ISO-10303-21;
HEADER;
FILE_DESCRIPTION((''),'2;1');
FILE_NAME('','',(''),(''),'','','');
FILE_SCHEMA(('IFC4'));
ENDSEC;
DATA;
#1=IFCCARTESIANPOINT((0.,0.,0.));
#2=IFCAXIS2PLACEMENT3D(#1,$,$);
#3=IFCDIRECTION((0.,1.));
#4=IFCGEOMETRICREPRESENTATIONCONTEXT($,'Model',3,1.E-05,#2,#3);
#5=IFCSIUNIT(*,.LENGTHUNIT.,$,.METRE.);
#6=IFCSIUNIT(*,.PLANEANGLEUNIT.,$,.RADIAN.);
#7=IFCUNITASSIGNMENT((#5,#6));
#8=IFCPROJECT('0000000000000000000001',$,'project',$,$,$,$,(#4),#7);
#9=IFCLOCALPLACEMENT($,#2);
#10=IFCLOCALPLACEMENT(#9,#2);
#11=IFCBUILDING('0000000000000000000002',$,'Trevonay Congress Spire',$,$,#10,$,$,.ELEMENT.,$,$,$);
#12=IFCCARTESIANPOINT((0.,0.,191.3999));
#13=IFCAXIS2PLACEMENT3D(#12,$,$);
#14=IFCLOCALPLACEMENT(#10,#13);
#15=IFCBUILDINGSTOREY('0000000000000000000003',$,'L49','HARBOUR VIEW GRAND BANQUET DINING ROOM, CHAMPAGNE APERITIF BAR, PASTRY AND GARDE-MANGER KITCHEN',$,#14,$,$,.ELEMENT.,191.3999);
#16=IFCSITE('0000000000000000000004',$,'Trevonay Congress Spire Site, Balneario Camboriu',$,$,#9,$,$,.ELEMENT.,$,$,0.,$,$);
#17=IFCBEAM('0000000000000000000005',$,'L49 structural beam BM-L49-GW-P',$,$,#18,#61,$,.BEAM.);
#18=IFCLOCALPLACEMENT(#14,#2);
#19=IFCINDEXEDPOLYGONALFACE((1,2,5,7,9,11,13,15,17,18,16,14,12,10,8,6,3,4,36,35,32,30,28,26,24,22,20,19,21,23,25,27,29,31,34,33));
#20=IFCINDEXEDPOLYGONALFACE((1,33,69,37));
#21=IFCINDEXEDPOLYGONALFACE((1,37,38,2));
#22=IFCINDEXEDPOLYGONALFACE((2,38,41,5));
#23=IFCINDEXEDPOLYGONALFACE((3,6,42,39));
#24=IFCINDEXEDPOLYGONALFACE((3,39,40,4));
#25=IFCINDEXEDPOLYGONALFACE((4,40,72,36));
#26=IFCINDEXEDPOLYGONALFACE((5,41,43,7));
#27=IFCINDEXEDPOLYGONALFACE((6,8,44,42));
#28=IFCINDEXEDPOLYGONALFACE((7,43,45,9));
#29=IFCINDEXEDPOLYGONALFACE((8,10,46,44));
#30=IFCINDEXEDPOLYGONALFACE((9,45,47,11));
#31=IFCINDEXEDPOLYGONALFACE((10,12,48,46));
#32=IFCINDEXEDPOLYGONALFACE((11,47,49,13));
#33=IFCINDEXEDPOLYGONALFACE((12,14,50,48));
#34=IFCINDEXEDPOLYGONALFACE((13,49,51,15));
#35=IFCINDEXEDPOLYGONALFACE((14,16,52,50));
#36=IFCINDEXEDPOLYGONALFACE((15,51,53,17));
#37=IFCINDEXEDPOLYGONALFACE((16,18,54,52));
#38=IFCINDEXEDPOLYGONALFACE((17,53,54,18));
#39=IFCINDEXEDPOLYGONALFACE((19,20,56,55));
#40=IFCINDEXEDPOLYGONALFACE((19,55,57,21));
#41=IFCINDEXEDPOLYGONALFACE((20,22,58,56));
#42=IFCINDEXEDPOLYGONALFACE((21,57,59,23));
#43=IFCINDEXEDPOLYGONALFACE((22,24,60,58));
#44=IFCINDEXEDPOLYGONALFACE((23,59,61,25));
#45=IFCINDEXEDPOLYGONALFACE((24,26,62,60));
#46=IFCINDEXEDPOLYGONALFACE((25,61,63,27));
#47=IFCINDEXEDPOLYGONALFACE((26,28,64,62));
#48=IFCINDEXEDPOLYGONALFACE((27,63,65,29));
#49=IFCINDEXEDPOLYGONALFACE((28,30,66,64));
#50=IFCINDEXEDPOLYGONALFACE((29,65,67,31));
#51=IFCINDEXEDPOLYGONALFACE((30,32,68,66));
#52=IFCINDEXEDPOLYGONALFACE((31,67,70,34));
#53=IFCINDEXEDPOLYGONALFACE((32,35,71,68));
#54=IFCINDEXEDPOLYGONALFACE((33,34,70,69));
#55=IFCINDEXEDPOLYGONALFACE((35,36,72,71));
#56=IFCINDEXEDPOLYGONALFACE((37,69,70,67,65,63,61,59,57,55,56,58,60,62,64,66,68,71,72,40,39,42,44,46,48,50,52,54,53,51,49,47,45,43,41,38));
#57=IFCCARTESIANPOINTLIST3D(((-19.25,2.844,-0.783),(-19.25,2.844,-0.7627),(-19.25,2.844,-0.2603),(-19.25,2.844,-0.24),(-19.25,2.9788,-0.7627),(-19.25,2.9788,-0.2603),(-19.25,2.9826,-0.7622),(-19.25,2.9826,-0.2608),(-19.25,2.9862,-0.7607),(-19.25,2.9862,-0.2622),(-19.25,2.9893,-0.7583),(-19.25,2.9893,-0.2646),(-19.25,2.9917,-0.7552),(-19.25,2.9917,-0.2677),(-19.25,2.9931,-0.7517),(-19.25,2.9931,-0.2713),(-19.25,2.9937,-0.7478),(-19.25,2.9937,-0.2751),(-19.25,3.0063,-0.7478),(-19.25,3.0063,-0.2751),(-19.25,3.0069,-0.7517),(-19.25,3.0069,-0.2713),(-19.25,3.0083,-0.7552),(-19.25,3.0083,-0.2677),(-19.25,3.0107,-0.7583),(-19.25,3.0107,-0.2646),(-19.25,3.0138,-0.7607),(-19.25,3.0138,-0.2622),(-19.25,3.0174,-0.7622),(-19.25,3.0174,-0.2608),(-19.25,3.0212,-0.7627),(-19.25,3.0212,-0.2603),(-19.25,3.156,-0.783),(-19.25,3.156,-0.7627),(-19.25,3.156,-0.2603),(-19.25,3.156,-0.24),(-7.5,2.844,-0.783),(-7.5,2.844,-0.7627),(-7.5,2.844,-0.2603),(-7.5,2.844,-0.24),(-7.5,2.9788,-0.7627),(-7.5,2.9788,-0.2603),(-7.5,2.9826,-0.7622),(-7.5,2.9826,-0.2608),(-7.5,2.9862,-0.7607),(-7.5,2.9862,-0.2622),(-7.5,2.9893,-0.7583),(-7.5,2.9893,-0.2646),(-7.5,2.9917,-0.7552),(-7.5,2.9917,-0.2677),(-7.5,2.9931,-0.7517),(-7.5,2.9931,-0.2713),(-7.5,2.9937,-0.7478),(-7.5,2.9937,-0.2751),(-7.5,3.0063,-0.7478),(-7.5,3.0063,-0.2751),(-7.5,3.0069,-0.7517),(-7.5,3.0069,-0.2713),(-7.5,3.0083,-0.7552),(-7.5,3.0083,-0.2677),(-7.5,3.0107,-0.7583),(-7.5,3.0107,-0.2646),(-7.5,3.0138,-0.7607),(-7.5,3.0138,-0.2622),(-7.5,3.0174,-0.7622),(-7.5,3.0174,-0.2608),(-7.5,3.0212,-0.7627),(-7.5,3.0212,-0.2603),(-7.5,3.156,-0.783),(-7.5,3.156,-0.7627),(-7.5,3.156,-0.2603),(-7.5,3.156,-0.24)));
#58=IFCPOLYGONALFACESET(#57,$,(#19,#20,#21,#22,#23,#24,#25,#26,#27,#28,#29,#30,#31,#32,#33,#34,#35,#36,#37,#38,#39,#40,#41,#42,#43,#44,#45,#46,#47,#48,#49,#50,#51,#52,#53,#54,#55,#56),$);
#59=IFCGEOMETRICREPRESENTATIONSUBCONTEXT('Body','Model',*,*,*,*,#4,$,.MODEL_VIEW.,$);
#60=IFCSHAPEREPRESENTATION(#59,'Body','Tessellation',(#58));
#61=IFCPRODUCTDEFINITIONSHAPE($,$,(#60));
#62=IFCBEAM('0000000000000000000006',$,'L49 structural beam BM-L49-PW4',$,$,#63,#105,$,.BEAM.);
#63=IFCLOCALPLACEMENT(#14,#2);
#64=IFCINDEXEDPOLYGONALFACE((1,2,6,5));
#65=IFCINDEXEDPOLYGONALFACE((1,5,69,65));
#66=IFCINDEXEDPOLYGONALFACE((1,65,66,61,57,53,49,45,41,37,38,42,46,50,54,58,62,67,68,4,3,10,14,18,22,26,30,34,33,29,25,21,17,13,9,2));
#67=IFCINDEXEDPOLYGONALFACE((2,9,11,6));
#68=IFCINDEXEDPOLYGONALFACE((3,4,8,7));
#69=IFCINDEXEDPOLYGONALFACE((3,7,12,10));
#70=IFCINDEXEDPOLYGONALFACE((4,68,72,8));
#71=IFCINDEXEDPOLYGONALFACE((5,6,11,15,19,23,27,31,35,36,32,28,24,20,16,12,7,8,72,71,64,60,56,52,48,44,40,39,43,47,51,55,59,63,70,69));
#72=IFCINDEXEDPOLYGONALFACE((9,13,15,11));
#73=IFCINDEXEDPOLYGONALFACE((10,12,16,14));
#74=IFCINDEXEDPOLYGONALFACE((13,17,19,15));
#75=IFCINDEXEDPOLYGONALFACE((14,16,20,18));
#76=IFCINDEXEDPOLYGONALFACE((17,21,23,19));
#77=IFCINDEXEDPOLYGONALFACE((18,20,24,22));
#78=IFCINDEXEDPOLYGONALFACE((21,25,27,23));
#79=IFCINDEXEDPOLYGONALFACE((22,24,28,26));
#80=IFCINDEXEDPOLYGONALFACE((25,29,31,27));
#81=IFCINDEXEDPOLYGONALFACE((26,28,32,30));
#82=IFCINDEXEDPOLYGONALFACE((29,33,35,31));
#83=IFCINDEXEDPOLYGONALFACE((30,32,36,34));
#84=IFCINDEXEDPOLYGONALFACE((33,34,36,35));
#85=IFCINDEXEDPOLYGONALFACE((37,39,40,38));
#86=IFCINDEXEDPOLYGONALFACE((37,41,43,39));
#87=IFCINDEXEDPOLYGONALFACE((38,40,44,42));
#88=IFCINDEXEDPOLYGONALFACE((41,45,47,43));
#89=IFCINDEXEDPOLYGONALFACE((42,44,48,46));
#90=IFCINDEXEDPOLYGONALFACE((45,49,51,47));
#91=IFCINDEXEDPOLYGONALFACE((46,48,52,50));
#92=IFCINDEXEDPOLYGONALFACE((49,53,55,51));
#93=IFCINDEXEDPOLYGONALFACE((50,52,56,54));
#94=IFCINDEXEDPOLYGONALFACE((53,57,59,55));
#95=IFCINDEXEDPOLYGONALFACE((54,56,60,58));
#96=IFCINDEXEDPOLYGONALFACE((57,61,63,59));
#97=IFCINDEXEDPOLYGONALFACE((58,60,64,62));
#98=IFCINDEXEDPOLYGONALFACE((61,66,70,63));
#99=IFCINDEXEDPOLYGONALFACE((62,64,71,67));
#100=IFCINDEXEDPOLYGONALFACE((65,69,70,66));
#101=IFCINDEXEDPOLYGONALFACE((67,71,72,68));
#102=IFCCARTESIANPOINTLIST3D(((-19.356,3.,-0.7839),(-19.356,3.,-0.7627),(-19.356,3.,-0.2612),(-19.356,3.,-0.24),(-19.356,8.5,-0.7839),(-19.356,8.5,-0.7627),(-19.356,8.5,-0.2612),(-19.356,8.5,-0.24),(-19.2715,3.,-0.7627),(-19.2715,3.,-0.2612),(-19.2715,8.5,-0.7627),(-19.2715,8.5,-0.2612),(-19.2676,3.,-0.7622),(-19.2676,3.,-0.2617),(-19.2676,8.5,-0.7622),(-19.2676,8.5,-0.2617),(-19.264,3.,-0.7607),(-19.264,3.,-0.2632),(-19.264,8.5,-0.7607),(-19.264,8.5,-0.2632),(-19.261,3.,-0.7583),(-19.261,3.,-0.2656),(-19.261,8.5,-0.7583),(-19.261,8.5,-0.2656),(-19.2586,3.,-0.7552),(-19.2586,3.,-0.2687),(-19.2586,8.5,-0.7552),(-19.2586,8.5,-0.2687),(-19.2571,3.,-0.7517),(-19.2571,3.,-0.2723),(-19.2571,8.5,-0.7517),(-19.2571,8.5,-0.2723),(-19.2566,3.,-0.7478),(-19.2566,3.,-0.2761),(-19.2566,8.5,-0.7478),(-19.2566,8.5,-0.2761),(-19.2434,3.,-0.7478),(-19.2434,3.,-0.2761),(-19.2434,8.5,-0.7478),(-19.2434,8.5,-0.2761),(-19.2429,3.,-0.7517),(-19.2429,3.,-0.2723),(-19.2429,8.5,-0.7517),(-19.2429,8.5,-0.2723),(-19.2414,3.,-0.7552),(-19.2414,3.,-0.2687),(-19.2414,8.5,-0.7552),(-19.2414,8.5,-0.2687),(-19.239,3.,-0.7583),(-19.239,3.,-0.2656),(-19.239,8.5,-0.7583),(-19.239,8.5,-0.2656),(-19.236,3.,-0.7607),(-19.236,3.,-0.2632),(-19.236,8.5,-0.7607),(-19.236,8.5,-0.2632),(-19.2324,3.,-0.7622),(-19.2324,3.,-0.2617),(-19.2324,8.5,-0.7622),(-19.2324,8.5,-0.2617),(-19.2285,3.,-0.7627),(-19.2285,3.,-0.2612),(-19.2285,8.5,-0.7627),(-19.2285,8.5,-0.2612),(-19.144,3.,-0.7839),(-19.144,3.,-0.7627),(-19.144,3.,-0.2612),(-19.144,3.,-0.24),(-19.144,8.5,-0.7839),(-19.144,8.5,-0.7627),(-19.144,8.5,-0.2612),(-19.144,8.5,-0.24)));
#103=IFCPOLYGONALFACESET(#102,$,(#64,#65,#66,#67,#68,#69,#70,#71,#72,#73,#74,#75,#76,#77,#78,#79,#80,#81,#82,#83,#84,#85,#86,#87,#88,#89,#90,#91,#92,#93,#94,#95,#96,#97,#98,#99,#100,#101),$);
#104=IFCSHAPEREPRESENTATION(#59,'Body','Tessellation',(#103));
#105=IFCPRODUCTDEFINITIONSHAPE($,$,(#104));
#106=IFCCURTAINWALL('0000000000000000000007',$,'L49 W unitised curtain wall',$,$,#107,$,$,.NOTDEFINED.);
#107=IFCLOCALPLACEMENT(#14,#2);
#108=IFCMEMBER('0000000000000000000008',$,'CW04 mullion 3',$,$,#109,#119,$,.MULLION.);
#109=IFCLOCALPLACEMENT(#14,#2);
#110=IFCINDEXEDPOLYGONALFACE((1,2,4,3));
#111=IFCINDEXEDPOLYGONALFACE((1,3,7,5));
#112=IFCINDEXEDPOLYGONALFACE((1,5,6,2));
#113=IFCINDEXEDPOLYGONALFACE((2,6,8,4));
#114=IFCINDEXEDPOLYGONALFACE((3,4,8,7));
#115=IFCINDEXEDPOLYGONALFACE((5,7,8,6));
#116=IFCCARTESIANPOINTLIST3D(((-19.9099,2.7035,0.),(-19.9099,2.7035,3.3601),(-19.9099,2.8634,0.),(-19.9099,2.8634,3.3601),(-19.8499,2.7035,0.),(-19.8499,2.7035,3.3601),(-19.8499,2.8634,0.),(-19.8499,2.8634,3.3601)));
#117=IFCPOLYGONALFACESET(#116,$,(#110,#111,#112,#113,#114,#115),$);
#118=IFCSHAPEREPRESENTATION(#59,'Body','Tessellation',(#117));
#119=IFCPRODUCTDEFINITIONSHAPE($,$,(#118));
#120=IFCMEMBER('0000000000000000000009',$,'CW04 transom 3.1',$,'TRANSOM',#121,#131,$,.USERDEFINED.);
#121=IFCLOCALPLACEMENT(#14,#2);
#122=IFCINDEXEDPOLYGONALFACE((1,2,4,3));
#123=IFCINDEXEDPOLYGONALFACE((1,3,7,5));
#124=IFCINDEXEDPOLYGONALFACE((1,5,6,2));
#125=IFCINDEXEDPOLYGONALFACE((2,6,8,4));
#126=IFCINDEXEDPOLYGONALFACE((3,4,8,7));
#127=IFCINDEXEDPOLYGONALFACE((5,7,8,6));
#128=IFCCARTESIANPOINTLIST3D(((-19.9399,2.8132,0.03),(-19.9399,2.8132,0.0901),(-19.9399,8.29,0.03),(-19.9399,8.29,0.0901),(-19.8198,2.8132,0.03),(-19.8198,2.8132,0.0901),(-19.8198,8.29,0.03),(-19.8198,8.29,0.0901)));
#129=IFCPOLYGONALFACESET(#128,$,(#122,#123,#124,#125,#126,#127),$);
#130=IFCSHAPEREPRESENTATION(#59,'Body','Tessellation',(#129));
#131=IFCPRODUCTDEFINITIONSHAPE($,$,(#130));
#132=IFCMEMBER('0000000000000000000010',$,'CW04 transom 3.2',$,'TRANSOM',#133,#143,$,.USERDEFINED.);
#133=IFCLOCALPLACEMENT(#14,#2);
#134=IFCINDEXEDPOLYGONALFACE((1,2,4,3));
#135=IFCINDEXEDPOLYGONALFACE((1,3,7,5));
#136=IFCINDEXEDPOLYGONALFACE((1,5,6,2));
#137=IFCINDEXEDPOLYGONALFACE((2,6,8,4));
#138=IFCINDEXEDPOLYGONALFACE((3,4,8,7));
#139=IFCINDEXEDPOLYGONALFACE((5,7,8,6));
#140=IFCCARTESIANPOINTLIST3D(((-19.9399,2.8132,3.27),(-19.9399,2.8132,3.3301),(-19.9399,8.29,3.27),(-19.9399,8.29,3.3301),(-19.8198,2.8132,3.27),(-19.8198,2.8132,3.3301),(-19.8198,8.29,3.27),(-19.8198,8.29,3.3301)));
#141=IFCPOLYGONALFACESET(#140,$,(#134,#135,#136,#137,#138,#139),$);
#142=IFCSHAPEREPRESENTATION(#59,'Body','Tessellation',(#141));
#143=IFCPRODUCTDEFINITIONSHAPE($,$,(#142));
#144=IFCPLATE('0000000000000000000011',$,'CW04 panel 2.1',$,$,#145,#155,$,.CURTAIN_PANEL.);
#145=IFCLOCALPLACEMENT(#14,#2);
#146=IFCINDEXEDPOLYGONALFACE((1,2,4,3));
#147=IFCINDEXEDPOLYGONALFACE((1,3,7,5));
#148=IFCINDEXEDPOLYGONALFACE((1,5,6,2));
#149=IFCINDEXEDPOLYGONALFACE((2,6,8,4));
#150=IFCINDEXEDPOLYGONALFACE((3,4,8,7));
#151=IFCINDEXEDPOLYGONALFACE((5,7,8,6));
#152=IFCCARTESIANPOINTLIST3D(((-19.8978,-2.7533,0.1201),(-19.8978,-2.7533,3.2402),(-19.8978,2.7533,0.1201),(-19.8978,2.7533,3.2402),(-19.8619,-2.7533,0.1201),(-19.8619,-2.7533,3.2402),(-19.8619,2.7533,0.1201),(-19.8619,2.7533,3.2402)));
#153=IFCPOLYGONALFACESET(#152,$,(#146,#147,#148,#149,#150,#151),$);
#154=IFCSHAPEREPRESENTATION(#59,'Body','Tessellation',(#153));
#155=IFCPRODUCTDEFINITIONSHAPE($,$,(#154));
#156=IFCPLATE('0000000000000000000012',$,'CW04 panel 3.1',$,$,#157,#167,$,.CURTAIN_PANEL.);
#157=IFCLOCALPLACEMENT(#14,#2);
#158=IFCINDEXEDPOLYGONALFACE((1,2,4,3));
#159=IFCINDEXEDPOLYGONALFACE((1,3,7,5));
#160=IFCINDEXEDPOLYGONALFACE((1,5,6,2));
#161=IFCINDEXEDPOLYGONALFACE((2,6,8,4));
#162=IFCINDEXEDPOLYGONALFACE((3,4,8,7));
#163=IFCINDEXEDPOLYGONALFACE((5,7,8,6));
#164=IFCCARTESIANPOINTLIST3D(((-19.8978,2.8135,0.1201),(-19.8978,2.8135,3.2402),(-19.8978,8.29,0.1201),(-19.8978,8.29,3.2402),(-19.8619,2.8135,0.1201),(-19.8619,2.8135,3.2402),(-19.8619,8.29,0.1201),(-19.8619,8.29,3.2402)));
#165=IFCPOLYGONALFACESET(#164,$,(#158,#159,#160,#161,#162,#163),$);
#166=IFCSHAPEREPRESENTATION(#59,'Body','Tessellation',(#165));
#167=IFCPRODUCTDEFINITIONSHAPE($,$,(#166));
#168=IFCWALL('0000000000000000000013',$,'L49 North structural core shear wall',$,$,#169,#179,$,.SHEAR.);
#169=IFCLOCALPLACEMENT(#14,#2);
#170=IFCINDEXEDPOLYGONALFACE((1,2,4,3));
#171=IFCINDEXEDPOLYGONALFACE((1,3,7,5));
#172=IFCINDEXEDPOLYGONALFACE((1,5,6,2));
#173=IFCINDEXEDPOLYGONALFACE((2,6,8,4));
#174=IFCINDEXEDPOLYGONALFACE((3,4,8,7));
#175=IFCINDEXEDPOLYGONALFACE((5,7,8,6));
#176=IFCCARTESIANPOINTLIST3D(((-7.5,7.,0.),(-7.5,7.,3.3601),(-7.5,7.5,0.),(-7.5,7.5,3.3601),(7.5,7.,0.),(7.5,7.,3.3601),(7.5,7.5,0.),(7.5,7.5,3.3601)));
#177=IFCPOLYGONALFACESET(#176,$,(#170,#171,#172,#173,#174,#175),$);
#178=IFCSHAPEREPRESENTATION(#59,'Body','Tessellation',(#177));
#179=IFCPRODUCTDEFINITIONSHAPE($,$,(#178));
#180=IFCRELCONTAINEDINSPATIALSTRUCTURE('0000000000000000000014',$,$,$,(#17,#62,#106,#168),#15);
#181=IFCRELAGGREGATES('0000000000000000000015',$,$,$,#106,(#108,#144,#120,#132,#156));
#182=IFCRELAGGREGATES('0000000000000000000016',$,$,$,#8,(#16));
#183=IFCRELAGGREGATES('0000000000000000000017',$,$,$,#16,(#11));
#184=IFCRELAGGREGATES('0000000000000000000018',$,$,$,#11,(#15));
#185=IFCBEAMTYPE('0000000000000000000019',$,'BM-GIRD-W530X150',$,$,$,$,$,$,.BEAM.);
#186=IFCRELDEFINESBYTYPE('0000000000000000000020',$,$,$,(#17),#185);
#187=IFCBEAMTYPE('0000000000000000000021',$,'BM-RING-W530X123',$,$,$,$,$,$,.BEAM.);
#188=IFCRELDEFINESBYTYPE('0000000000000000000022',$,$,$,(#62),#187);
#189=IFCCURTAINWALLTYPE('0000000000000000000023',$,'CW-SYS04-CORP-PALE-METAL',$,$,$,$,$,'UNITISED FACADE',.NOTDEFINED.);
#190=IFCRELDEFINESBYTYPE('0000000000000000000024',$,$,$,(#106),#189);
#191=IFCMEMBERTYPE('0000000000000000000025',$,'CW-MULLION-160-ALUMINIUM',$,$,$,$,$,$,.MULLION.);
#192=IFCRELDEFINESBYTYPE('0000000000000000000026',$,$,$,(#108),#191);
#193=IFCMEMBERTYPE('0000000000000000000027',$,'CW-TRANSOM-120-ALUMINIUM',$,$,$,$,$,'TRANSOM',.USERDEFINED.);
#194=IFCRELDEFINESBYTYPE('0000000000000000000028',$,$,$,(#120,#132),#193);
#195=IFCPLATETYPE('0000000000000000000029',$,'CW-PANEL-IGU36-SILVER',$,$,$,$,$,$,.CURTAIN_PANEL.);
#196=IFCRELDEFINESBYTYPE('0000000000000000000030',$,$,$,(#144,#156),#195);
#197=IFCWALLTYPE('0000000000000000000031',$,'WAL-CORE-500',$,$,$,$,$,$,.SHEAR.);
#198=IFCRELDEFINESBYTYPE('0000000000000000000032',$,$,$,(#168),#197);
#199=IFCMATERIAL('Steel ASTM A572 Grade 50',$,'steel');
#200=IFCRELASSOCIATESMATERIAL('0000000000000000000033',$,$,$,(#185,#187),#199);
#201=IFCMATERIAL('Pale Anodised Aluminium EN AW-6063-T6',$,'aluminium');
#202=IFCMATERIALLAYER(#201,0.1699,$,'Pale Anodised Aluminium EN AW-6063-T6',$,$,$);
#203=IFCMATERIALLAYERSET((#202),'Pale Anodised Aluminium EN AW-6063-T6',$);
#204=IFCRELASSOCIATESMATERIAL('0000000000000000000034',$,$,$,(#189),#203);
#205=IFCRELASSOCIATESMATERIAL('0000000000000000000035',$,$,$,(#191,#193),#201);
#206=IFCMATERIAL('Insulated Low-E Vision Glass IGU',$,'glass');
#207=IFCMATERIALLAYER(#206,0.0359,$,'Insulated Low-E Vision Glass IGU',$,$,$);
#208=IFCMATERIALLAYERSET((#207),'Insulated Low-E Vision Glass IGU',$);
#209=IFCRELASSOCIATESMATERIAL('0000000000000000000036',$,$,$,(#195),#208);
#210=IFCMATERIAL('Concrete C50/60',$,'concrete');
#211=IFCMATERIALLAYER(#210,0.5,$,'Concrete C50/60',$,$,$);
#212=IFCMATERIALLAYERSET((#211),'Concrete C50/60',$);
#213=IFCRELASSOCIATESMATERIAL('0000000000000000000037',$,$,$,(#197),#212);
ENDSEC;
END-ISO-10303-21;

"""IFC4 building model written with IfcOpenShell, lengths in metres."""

from ifc_helpers import new_model, si_unit, direction, frame, frame_2d, origin, origin_2d, place, context, subcontext, project, spatial, rectangle, i_section, extrude, material, layer, layer_set, material_profile, profile_set, type_object, element, aggregate, save


model = new_model("IFC4")

# Units and contexts
model_context = context("Model", 3, precision=1e-05, world=origin(), true_north=direction((0.0, 1.0)))
body_context = subcontext(model_context, "Body", "Model", "MODEL_VIEW")
ifc_project = project(units=[si_unit("LENGTHUNIT", "METRE"), si_unit("PLANEANGLEUNIT", "RADIAN")], contexts=[model_context])

# Site, building, storey
site_placement = place(None, origin())
site = spatial("IfcSite", under=ifc_project, at=site_placement, Name="Trevonay Congress Spire Site, Balneario Camboriu", CompositionType="ELEMENT", RefElevation=0.0)
building_placement = place(site_placement, origin())
building = spatial("IfcBuilding", under=site, at=building_placement, Name="Trevonay Congress Spire", CompositionType="ELEMENT")
storey_placement = place(building_placement, frame((0.0, 0.0, 191.3999)))
storey = spatial("IfcBuildingStorey", under=building, at=storey_placement, Name="L49", Description="HARBOUR VIEW GRAND BANQUET DINING ROOM, CHAMPAGNE APERITIF BAR, PASTRY AND GARDE-MANGER KITCHEN", CompositionType="ELEMENT", Elevation=191.3999)

# Shared definitions
ifc_material_1 = material(Name="Steel ASTM A572 Grade 50", Category="steel")

# Beams
ifc_material_profile_1 = material_profile(ifc_material_1, i_section(OverallWidth=0.312, OverallDepth=0.543, WebThickness=0.0127, FlangeThickness=0.0203, FilletRadius=0.0149, at=origin_2d()), Name="W530x150")
ifc_profile_set_1 = profile_set([ifc_material_profile_1], Name="Steel ASTM A572 Grade 50")
beam_type_1 = type_object("IfcBeamType", Name="BM-GIRD-W530X150", PredefinedType="BEAM", material=ifc_profile_set_1)
beam_1_placement = place(storey_placement, frame((-7.5, 3.0, -0.5115), z_axis=(-1.0, 0.0, 0.0), x_axis=(0.0, -1.0, 0.0)))
element("IfcBeam", 1, at=beam_1_placement, inside=storey, type_object=beam_type_1, Name="L49 structural beam BM-L49-GW-P", PredefinedType="BEAM", context=body_context, shape_type="SweptSolid", body=[
    extrude(i_section(OverallWidth=0.312, OverallDepth=0.543, WebThickness=0.0127, FlangeThickness=0.0203, FilletRadius=0.0149, at=origin_2d()), origin(), (0.0, 0.0, 1.0), 11.75),
])
ifc_material_profile_2 = material_profile(ifc_material_1, i_section(OverallWidth=0.2119, OverallDepth=0.5439, WebThickness=0.0132, FlangeThickness=0.0212, FilletRadius=0.0149, at=origin_2d()), Name="W530x123")
ifc_profile_set_2 = profile_set([ifc_material_profile_2], Name="Steel ASTM A572 Grade 50")
beam_type_2 = type_object("IfcBeamType", Name="BM-RING-W530X123", PredefinedType="BEAM", material=ifc_profile_set_2)
beam_2_placement = place(storey_placement, frame((-19.25, 3.0, -0.512), z_axis=(0.0, 1.0, 0.0), x_axis=(-1.0, 0.0, 0.0)))
element("IfcBeam", 2, at=beam_2_placement, inside=storey, type_object=beam_type_2, Name="L49 structural beam BM-L49-PW4", PredefinedType="BEAM", context=body_context, shape_type="SweptSolid", body=[
    extrude(i_section(OverallWidth=0.2119, OverallDepth=0.5439, WebThickness=0.0132, FlangeThickness=0.0212, FilletRadius=0.0149, at=origin_2d()), origin(), (0.0, 0.0, 1.0), 5.5),
])

# Curtain wall, members, plates
ifc_material_2 = material(Name="Pale Anodised Aluminium EN AW-6063-T6", Category="aluminium")
ifc_layer_1 = layer(ifc_material_2, 0.1699, Name="Pale Anodised Aluminium EN AW-6063-T6")
ifc_layer_set_1 = layer_set([ifc_layer_1], Name="Pale Anodised Aluminium EN AW-6063-T6")
curtain_wall_type = type_object("IfcCurtainWallType", Name="CW-SYS04-CORP-PALE-METAL", ElementType="UNITISED FACADE", PredefinedType="NOTDEFINED", material=ifc_layer_set_1)
curtain_wall_placement = place(storey_placement, origin())
curtain_wall = element("IfcCurtainWall", 3, at=curtain_wall_placement, inside=storey, type_object=curtain_wall_type, Name="L49 W unitised curtain wall", PredefinedType="NOTDEFINED")
ifc_material_profile_3 = material_profile(ifc_material_2, rectangle(XDim=0.0601, YDim=0.1599, at=origin_2d()), Name="CW-MULLION-160-ALUMINIUM")
ifc_profile_set_3 = profile_set([ifc_material_profile_3], Name="Pale Anodised Aluminium EN AW-6063-T6")
member_type_1 = type_object("IfcMemberType", Name="CW-MULLION-160-ALUMINIUM", PredefinedType="MULLION", material=ifc_profile_set_3)
member_1_placement = place(storey_placement, frame((-19.8799, 2.7834, 0.0), z_axis=(0.0, 0.0, 1.0), x_axis=(-1.0, 0.0, 0.0)))
member_1 = element("IfcMember", 4, at=member_1_placement, type_object=member_type_1, Name="CW04 mullion 3", PredefinedType="MULLION", context=body_context, shape_type="SweptSolid", body=[
    extrude(rectangle(XDim=0.0601, YDim=0.1599, at=origin_2d()), origin(), (0.0, 0.0, 1.0), 3.3601),
])
ifc_material_profile_4 = material_profile(ifc_material_2, rectangle(XDim=0.1201, YDim=0.0601, at=origin_2d()), Name="CW-TRANSOM-120-ALUMINIUM")
ifc_profile_set_4 = profile_set([ifc_material_profile_4], Name="Pale Anodised Aluminium EN AW-6063-T6")
member_type_2 = type_object("IfcMemberType", Name="CW-TRANSOM-120-ALUMINIUM", ElementType="TRANSOM", PredefinedType="USERDEFINED", material=ifc_profile_set_4)
member_2_placement = place(storey_placement, frame((-19.8799, 2.8132, 0.0601), z_axis=(0.0, 1.0, 0.0), x_axis=(-1.0, 0.0, 0.0)))
member_2 = element("IfcMember", 5, at=member_2_placement, type_object=member_type_2, Name="CW04 transom 3.1", ObjectType="TRANSOM", PredefinedType="USERDEFINED", context=body_context, shape_type="SweptSolid", body=[
    extrude(rectangle(XDim=0.1201, YDim=0.0601, at=origin_2d()), origin(), (0.0, 0.0, 1.0), 5.4768),
])
member_3_placement = place(storey_placement, frame((-19.8799, 2.8132, 3.3), z_axis=(0.0, 1.0, 0.0), x_axis=(-1.0, 0.0, 0.0)))
member_3 = element("IfcMember", 6, at=member_3_placement, type_object=member_type_2, Name="CW04 transom 3.2", ObjectType="TRANSOM", PredefinedType="USERDEFINED", context=body_context, shape_type="SweptSolid", body=[
    extrude(rectangle(XDim=0.1201, YDim=0.0601, at=origin_2d()), origin(), (0.0, 0.0, 1.0), 5.4768),
])
ifc_material_3 = material(Name="Insulated Low-E Vision Glass IGU", Category="glass")
ifc_layer_2 = layer(ifc_material_3, 0.0359, Name="Insulated Low-E Vision Glass IGU")
ifc_layer_set_2 = layer_set([ifc_layer_2], Name="Insulated Low-E Vision Glass IGU")
plate_type = type_object("IfcPlateType", Name="CW-PANEL-IGU36-SILVER", PredefinedType="CURTAIN_PANEL", material=ifc_layer_set_2)
plate_1_placement = place(storey_placement, frame((-19.8799, 0.0, 0.1201), z_axis=(0.0, 0.0, 1.0), x_axis=(0.0, 1.0, 0.0)))
plate_1 = element("IfcPlate", 7, at=plate_1_placement, type_object=plate_type, Name="CW04 panel 2.1", PredefinedType="CURTAIN_PANEL", context=body_context, shape_type="SweptSolid", body=[
    extrude(rectangle(XDim=5.5066, YDim=0.0359, at=origin_2d()), origin(), (0.0, 0.0, 1.0), 3.1201),
])
plate_2_placement = place(storey_placement, frame((-19.8799, 5.5518, 0.1201), z_axis=(0.0, 0.0, 1.0), x_axis=(0.0, 1.0, 0.0)))
plate_2 = element("IfcPlate", 8, at=plate_2_placement, type_object=plate_type, Name="CW04 panel 3.1", PredefinedType="CURTAIN_PANEL", context=body_context, shape_type="SweptSolid", body=[
    extrude(rectangle(XDim=5.4766, YDim=0.0359, at=origin_2d()), origin(), (0.0, 0.0, 1.0), 3.1201),
])
aggregate(curtain_wall, [member_1, plate_1, member_2, member_3, plate_2])

# Wall
ifc_material_4 = material(Name="Concrete C50/60", Category="concrete")
ifc_layer_3 = layer(ifc_material_4, 0.5, Name="Concrete C50/60")
ifc_layer_set_3 = layer_set([ifc_layer_3], Name="Concrete C50/60")
wall_type_1 = type_object("IfcWallType", Name="WAL-CORE-500", PredefinedType="SHEAR", material=ifc_layer_set_3)
wall_1_placement = place(storey_placement, frame((-7.5, 7.25, 0.0), z_axis=(0.0, 0.0, 1.0), x_axis=(1.0, 0.0, 0.0)))
element("IfcWall", 9, at=wall_1_placement, inside=storey, type_object=wall_type_1, Name="L49 North structural core shear wall", PredefinedType="SHEAR", context=body_context, shape_type="SweptSolid", body=[
    extrude(rectangle(XDim=15.0, YDim=0.5, at=frame_2d((7.5, 0.0))), origin(), (0.0, 0.0, 1.0), 3.3601),
])

save(model, "model.ifc")
